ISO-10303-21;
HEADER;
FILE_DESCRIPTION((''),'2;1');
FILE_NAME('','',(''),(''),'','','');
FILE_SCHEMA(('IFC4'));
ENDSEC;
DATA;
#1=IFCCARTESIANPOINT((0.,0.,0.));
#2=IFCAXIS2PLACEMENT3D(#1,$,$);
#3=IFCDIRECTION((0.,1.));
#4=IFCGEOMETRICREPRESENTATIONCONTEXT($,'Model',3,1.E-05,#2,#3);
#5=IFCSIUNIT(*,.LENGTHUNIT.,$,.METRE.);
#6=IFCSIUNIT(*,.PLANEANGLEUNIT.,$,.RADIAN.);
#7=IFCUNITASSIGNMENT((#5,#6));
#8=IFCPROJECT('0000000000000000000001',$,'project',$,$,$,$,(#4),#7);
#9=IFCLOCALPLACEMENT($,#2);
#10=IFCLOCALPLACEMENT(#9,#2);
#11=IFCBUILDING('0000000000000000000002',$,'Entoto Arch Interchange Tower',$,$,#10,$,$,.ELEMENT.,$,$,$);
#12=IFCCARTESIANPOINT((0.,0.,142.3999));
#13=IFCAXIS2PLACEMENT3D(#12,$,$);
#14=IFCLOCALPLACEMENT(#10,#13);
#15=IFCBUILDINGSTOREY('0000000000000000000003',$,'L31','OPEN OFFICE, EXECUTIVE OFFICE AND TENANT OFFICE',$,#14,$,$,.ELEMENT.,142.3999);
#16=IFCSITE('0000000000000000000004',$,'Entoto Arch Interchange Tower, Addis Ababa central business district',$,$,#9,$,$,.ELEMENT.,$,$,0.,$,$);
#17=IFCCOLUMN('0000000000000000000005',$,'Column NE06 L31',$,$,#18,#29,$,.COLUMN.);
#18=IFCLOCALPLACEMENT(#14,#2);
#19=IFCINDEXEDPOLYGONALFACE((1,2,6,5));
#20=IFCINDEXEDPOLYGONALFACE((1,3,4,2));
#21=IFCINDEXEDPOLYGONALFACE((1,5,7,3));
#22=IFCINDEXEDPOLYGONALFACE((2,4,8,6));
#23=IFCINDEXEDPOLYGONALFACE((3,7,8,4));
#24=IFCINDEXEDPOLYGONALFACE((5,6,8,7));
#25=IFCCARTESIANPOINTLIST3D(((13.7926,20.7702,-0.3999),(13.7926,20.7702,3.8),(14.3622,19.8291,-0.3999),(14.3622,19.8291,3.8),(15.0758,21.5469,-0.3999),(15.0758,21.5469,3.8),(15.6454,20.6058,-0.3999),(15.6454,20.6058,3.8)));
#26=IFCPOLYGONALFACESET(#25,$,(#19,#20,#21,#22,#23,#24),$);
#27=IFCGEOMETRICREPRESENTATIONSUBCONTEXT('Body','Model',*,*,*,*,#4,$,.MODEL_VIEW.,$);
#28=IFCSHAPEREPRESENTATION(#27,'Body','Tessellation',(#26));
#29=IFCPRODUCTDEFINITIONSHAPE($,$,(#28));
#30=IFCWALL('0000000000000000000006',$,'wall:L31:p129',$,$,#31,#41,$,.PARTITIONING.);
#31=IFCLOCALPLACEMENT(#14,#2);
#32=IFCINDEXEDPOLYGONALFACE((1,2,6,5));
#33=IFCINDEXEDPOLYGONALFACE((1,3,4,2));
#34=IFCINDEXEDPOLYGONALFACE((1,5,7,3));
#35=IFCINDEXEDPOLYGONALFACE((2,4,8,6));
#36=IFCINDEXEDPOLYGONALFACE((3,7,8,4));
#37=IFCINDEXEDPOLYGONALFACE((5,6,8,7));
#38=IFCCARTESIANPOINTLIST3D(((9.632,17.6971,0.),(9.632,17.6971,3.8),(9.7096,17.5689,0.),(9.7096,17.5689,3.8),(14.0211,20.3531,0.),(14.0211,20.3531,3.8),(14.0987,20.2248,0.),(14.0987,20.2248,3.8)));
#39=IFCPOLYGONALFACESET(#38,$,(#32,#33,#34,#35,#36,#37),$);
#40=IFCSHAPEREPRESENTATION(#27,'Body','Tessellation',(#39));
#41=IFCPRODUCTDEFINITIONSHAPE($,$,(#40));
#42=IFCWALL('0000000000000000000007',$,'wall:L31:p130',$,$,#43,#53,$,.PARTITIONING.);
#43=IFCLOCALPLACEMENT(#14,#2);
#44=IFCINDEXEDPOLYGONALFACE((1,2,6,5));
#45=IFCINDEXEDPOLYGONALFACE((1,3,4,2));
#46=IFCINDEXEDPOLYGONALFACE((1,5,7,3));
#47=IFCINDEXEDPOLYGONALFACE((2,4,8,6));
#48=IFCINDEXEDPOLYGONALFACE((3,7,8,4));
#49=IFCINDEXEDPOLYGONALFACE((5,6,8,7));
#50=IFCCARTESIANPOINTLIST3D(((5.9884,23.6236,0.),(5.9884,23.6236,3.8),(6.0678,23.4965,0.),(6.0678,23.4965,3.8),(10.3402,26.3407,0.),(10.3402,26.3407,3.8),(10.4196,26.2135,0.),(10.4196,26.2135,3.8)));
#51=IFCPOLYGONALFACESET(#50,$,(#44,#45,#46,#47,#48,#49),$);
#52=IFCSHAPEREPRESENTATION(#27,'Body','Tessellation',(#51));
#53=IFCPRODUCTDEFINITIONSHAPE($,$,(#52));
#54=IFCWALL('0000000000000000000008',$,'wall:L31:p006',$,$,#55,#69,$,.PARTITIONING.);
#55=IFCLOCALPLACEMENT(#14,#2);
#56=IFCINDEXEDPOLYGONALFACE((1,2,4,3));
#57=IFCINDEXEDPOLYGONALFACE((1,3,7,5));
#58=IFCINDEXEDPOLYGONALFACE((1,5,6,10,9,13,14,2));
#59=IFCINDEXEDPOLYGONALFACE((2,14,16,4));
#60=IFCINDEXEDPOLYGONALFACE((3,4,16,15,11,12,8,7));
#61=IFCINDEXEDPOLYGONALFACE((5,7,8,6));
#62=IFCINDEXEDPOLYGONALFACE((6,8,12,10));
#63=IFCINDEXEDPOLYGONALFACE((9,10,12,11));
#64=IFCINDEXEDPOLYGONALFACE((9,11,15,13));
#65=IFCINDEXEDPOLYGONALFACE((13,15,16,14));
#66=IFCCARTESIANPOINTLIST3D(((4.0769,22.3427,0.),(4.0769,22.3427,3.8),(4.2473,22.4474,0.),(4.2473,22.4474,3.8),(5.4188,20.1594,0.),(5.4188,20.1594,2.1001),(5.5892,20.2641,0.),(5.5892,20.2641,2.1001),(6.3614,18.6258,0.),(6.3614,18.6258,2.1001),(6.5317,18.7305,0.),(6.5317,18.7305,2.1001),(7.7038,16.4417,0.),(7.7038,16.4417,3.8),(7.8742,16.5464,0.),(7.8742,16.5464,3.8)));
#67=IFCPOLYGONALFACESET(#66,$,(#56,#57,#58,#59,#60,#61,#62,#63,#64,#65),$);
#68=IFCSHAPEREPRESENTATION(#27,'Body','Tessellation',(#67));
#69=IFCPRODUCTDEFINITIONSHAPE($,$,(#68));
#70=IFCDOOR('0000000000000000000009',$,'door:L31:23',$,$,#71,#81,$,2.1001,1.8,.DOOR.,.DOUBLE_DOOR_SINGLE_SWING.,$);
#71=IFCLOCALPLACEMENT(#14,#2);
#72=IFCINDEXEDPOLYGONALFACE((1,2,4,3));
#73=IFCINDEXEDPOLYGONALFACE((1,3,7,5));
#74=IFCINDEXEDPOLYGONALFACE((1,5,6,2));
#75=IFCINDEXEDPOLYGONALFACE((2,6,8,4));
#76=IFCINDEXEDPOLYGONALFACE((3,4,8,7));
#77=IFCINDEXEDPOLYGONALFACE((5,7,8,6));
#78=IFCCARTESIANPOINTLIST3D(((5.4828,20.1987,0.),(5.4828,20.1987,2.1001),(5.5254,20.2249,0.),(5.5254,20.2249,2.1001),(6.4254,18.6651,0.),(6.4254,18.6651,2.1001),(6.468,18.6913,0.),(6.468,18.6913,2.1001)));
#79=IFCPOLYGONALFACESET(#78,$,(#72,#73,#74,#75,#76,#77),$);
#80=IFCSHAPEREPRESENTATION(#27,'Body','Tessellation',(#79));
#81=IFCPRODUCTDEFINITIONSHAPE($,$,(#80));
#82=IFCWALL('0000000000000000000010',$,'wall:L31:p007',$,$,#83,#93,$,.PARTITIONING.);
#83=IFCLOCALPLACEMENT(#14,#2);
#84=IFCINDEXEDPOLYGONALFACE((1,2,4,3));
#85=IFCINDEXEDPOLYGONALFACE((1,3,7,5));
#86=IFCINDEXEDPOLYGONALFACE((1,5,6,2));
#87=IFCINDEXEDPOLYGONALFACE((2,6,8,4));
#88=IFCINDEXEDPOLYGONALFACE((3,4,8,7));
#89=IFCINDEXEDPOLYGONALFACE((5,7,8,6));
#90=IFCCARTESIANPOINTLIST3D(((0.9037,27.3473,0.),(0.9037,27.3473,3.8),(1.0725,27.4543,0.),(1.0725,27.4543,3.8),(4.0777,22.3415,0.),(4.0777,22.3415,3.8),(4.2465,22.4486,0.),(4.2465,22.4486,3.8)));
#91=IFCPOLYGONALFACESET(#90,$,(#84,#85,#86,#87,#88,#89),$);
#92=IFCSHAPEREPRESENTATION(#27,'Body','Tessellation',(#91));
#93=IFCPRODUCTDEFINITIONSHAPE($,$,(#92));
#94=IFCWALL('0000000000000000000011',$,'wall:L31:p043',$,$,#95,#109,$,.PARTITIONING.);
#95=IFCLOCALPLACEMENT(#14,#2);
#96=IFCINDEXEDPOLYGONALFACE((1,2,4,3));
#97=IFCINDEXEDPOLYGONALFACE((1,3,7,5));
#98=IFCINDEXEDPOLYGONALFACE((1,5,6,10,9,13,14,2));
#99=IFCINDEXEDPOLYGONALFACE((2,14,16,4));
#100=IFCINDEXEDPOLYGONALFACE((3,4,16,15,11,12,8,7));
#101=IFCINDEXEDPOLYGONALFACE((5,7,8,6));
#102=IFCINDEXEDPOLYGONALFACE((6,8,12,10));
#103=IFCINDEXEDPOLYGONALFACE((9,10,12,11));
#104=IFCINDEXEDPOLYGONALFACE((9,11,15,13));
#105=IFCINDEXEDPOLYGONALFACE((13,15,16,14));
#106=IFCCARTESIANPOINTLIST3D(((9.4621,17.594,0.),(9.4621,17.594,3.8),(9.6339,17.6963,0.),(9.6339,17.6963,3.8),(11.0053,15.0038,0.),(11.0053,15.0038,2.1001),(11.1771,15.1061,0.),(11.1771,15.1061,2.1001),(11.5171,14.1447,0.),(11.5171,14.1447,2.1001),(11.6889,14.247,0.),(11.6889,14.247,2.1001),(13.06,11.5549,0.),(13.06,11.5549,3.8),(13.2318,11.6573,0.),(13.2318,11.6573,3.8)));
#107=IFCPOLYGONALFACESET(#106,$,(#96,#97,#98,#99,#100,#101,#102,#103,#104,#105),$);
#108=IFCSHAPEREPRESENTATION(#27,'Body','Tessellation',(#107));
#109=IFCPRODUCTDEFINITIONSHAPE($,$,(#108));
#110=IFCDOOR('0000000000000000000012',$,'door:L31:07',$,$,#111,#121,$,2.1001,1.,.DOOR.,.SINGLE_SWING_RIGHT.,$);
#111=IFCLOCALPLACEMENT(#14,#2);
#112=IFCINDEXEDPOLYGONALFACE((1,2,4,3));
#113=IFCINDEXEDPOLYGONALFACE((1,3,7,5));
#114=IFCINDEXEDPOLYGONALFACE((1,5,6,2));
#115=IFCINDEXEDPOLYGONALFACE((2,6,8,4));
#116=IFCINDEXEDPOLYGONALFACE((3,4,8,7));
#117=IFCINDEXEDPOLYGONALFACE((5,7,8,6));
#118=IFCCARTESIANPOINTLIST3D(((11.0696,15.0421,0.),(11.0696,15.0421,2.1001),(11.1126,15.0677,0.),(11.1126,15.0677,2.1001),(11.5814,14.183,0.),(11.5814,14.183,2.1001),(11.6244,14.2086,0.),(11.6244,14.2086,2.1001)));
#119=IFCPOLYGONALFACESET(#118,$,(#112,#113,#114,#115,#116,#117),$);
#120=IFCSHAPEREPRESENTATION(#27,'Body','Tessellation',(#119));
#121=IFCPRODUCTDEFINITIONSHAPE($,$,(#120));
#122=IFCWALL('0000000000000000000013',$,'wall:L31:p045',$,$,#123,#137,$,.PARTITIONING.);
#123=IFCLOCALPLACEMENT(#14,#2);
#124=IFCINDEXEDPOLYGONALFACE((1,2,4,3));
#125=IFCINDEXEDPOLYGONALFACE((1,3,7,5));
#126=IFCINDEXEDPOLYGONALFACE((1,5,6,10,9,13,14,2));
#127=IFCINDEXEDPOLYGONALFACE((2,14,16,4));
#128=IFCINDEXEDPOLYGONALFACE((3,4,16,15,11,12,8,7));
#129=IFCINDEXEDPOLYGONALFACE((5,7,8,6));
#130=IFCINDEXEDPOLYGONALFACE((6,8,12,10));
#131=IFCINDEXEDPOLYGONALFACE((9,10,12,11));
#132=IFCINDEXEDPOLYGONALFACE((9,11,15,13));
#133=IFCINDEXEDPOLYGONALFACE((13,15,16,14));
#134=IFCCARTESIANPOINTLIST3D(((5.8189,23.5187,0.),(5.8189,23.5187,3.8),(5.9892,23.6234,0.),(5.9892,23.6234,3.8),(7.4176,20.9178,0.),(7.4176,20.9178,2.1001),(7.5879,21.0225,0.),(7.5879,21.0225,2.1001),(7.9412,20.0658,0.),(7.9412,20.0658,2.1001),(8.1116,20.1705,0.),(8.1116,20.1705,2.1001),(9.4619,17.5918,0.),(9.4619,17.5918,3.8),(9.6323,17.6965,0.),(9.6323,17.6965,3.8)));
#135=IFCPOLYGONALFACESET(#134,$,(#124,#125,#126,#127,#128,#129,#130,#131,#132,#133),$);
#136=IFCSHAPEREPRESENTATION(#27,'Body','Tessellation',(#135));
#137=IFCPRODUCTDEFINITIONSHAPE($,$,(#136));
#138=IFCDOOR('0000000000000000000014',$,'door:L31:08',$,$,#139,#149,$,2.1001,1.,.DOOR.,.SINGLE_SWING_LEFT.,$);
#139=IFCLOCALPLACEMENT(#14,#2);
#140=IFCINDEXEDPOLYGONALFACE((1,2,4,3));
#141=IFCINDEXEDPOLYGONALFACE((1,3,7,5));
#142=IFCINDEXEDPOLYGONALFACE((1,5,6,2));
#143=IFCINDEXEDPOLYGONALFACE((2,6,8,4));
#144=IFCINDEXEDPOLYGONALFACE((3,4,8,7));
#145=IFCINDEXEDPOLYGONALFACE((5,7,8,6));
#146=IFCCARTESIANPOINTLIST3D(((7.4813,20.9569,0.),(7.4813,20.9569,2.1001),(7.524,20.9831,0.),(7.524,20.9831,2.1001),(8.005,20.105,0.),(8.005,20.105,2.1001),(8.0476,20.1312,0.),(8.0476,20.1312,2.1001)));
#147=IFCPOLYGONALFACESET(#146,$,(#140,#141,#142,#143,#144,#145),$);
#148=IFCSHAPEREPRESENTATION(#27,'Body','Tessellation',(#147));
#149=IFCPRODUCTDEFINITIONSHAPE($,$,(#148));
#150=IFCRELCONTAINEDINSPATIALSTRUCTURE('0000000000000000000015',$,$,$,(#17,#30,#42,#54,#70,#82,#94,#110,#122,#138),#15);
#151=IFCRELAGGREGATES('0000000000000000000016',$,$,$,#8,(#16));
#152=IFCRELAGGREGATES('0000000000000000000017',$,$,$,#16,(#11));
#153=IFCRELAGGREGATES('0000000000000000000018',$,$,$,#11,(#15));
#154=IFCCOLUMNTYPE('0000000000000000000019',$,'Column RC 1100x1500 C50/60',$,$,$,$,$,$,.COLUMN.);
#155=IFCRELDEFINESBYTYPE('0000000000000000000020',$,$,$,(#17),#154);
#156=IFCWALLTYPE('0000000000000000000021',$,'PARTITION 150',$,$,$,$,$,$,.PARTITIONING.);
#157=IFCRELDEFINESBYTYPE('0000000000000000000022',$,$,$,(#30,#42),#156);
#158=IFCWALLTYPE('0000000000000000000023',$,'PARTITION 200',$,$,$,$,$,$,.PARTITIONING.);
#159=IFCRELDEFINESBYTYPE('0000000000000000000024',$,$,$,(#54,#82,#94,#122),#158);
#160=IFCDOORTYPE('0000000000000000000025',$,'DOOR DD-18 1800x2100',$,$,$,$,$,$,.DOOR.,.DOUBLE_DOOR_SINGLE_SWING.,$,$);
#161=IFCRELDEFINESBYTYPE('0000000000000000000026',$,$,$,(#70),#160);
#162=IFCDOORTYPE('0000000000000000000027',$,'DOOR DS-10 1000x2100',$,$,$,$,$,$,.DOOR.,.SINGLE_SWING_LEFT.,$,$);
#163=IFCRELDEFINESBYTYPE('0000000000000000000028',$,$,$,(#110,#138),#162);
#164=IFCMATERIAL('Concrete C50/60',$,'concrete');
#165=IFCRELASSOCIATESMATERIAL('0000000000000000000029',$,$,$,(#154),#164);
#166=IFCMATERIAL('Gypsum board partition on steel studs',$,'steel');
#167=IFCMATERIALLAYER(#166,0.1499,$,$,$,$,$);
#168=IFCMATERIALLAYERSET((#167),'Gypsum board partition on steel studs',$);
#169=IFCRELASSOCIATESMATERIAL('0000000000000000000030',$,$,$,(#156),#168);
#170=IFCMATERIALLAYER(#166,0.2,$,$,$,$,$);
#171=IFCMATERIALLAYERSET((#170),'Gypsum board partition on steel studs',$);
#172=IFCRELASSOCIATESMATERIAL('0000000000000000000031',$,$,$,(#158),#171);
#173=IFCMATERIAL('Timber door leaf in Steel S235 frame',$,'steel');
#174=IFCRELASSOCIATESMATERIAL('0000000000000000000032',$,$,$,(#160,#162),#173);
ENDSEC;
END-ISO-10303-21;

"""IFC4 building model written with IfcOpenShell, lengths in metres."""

from ifc_helpers import new_model, si_unit, direction, frame, frame_2d, origin, origin_2d, place, context, subcontext, project, spatial, rectangle, extrude, material, layer, layer_set, material_profile, profile_set, type_object, element, fill, save


model = new_model("IFC4")

# Units and contexts
model_context = context("Model", 3, precision=1e-05, world=origin(), true_north=direction((0.0, 1.0)))
body_context = subcontext(model_context, "Body", "Model", "MODEL_VIEW")
ifc_project = project(units=[si_unit("LENGTHUNIT", "METRE"), si_unit("PLANEANGLEUNIT", "RADIAN")], contexts=[model_context])

# Site, building, storey
site_placement = place(None, origin())
site = spatial("IfcSite", under=ifc_project, at=site_placement, Name="Entoto Arch Interchange Tower, Addis Ababa central business district", CompositionType="ELEMENT", RefElevation=0.0)
building_placement = place(site_placement, origin())
building = spatial("IfcBuilding", under=site, at=building_placement, Name="Entoto Arch Interchange Tower", CompositionType="ELEMENT")
storey_placement = place(building_placement, frame((0.0, 0.0, 142.3999)))
storey = spatial("IfcBuildingStorey", under=building, at=storey_placement, Name="L31", Description="OPEN OFFICE, EXECUTIVE OFFICE AND TENANT OFFICE", CompositionType="ELEMENT", Elevation=142.3999)

# Column
ifc_material_1 = material(Name="Concrete C50/60", Category="concrete")
ifc_material_profile = material_profile(ifc_material_1, rectangle(XDim=1.1001, YDim=1.5, at=origin_2d()))
ifc_profile_set = profile_set([ifc_material_profile], Name="Concrete C50/60")
column_type = type_object("IfcColumnType", Name="Column RC 1100x1500 C50/60", PredefinedType="COLUMN", material=ifc_profile_set)
column_placement = place(storey_placement, frame((14.719, 20.688, -0.3999), z_axis=(0.0, 0.0, 1.0), x_axis=(-0.517803, 0.8555, 0.0)))
element("IfcColumn", 1, at=column_placement, inside=storey, type_object=column_type, Name="Column NE06 L31", PredefinedType="COLUMN", context=body_context, shape_type="SweptSolid", body=[
    extrude(rectangle(XDim=1.1001, YDim=1.5, at=origin_2d()), origin(), (0.0, 0.0, 1.0), 4.2),
])

# Walls
ifc_material_2 = material(Name="Gypsum board partition on steel studs", Category="steel")
ifc_layer_1 = layer(ifc_material_2, 0.1499)
ifc_layer_set_1 = layer_set([ifc_layer_1], Name="Gypsum board partition on steel studs")
wall_type_1 = type_object("IfcWallType", Name="PARTITION 150", PredefinedType="PARTITIONING", material=ifc_layer_set_1)
wall_1_placement = place(storey_placement, frame((9.6709, 17.6331, 0.0), z_axis=(0.0, 0.0, 1.0), x_axis=(0.855551, 0.517718, 0.0)))
element("IfcWall", 2, at=wall_1_placement, inside=storey, type_object=wall_type_1, Name="wall:L31:p129", PredefinedType="PARTITIONING", context=body_context, shape_type="SweptSolid", body=[
    extrude(rectangle(XDim=5.1301, YDim=0.1499, at=frame_2d((2.5649, 0.0))), origin(), (0.0, 0.0, 1.0), 3.8),
])
wall_2_placement = place(storey_placement, frame((6.0281, 23.5601, 0.0), z_axis=(0.0, 0.0, 1.0), x_axis=(0.848247, 0.529601, 0.0)))
element("IfcWall", 3, at=wall_2_placement, inside=storey, type_object=wall_type_1, Name="wall:L31:p130", PredefinedType="PARTITIONING", context=body_context, shape_type="SweptSolid", body=[
    extrude(rectangle(XDim=5.1304, YDim=0.1499, at=frame_2d((2.5652, 0.0))), origin(), (0.0, 0.0, 1.0), 3.8),
])

# Wall, opening, door
ifc_layer_2 = layer(ifc_material_2, 0.2)
ifc_layer_set_2 = layer_set([ifc_layer_2], Name="Gypsum board partition on steel studs")
wall_type_2 = type_object("IfcWallType", Name="PARTITION 200", PredefinedType="PARTITIONING", material=ifc_layer_set_2)
wall_3_placement = place(storey_placement, frame((7.7891, 16.4939, 0.0), z_axis=(0.0, 0.0, 1.0), x_axis=(-0.523625, 0.851949, 0.0)))
wall_3 = element("IfcWall", 4, at=wall_3_placement, inside=storey, type_object=wall_type_2, Name="wall:L31:p006", PredefinedType="PARTITIONING", context=body_context, shape_type="SweptSolid", body=[
    extrude(rectangle(XDim=6.9265, YDim=0.2, at=frame_2d((3.4634, 0.0))), origin(), (0.0, 0.0, 1.0), 3.8),
])
opening_1_placement = place(wall_3_placement, frame((2.564, 0.0, 0.0)))
opening_1 = element("IfcOpeningElement", 5, at=opening_1_placement, cuts=wall_3, PredefinedType="OPENING", context=body_context, shape_type="SweptSolid", body=[
    extrude(rectangle(XDim=1.8, YDim=2.1001, at=frame_2d((0.8999, 1.05))), frame((0.0, 0.1099, 0.0), z_axis=(0.0, -1.0, 0.0), x_axis=(1.0, 0.0, 0.0)), (0.0, 0.0, 1.0), 0.22),
])
ifc_material_3 = material(Name="Timber door leaf in Steel S235 frame", Category="steel")
door_type_1 = type_object("IfcDoorType", Name="DOOR DD-18 1800x2100", OperationType="DOUBLE_DOOR_SINGLE_SWING", PredefinedType="DOOR", material=ifc_material_3)
door_1_placement = place(opening_1_placement, origin())
door_1 = element("IfcDoor", 6, at=door_1_placement, inside=storey, type_object=door_type_1, Name="door:L31:23", OperationType="DOUBLE_DOOR_SINGLE_SWING", OverallHeight=2.1001, OverallWidth=1.8, PredefinedType="DOOR", context=body_context, shape_type="SweptSolid", body=[
    extrude(rectangle(XDim=1.8, YDim=2.1001, at=frame_2d((0.8999, 1.05))), frame((0.0, 0.0249, 0.0), z_axis=(0.0, -1.0, 0.0), x_axis=(1.0, 0.0, 0.0)), (0.0, 0.0, 1.0), 0.05),
])
fill(opening_1, door_1)

# Wall
wall_4_placement = place(storey_placement, frame((4.1621, 22.395, 0.0), z_axis=(0.0, 0.0, 1.0), x_axis=(-0.535497, 0.844537, 0.0)))
element("IfcWall", 7, at=wall_4_placement, inside=storey, type_object=wall_type_2, Name="wall:L31:p007", PredefinedType="PARTITIONING", context=body_context, shape_type="SweptSolid", body=[
    extrude(rectangle(XDim=5.9272, YDim=0.2, at=frame_2d((2.9636, 0.0))), origin(), (0.0, 0.0, 1.0), 3.8),
])

# Walls, openings, doors
wall_5_placement = place(storey_placement, frame((9.5481, 17.645, 0.0), z_axis=(0.0, 0.0, 1.0), x_axis=(0.511822, -0.859091, 0.0)))
wall_5 = element("IfcWall", 8, at=wall_5_placement, inside=storey, type_object=wall_type_2, Name="wall:L31:p043", PredefinedType="PARTITIONING", context=body_context, shape_type="SweptSolid", body=[
    extrude(rectangle(XDim=7.0295, YDim=0.2, at=frame_2d((3.5146, 0.0))), origin(), (0.0, 0.0, 1.0), 3.8),
])
opening_2_placement = place(wall_5_placement, frame((3.0149, 0.0, 0.0)))
opening_2 = element("IfcOpeningElement", 9, at=opening_2_placement, cuts=wall_5, PredefinedType="OPENING", context=body_context, shape_type="SweptSolid", body=[
    extrude(rectangle(XDim=1.0, YDim=2.1001, at=frame_2d((0.5, 1.05))), frame((0.0, 0.1099, 0.0), z_axis=(0.0, -1.0, 0.0), x_axis=(1.0, 0.0, 0.0)), (0.0, 0.0, 1.0), 0.22),
])
door_type_2 = type_object("IfcDoorType", Name="DOOR DS-10 1000x2100", OperationType="SINGLE_SWING_LEFT", PredefinedType="DOOR", material=ifc_material_3)
door_2_placement = place(opening_2_placement, origin())
door_2 = element("IfcDoor", 10, at=door_2_placement, inside=storey, type_object=door_type_2, Name="door:L31:07", OperationType="SINGLE_SWING_RIGHT", OverallHeight=2.1001, OverallWidth=1.0, PredefinedType="DOOR", context=body_context, shape_type="SweptSolid", body=[
    extrude(rectangle(XDim=1.0, YDim=2.1001, at=frame_2d((0.5, 1.05))), frame((0.0, 0.0249, 0.0), z_axis=(0.0, -1.0, 0.0), x_axis=(1.0, 0.0, 0.0)), (0.0, 0.0, 1.0), 0.05),
])
fill(opening_2, door_2)
wall_6_placement = place(storey_placement, frame((5.9041, 23.571, 0.0), z_axis=(0.0, 0.0, 1.0), x_axis=(0.523647, -0.851935, 0.0)))
wall_6 = element("IfcWall", 11, at=wall_6_placement, inside=storey, type_object=wall_type_2, Name="wall:L31:p045", PredefinedType="PARTITIONING", context=body_context, shape_type="SweptSolid", body=[
    extrude(rectangle(XDim=6.957, YDim=0.2, at=frame_2d((3.4785, 0.0))), origin(), (0.0, 0.0, 1.0), 3.8),
])
opening_3_placement = place(wall_6_placement, frame((3.053, 0.0, 0.0)))
opening_3 = element("IfcOpeningElement", 12, at=opening_3_placement, cuts=wall_6, PredefinedType="OPENING", context=body_context, shape_type="SweptSolid", body=[
    extrude(rectangle(XDim=1.0, YDim=2.1001, at=frame_2d((0.5, 1.05))), frame((0.0, 0.1099, 0.0), z_axis=(0.0, -1.0, 0.0), x_axis=(1.0, 0.0, 0.0)), (0.0, 0.0, 1.0), 0.22),
])
door_3_placement = place(opening_3_placement, origin())
door_3 = element("IfcDoor", 13, at=door_3_placement, inside=storey, type_object=door_type_2, Name="door:L31:08", OperationType="SINGLE_SWING_LEFT", OverallHeight=2.1001, OverallWidth=1.0, PredefinedType="DOOR", context=body_context, shape_type="SweptSolid", body=[
    extrude(rectangle(XDim=1.0, YDim=2.1001, at=frame_2d((0.5, 1.05))), frame((0.0, 0.0249, 0.0), z_axis=(0.0, -1.0, 0.0), x_axis=(1.0, 0.0, 0.0)), (0.0, 0.0, 1.0), 0.05),
])
fill(opening_3, door_3)

save(model, "model.ifc")
